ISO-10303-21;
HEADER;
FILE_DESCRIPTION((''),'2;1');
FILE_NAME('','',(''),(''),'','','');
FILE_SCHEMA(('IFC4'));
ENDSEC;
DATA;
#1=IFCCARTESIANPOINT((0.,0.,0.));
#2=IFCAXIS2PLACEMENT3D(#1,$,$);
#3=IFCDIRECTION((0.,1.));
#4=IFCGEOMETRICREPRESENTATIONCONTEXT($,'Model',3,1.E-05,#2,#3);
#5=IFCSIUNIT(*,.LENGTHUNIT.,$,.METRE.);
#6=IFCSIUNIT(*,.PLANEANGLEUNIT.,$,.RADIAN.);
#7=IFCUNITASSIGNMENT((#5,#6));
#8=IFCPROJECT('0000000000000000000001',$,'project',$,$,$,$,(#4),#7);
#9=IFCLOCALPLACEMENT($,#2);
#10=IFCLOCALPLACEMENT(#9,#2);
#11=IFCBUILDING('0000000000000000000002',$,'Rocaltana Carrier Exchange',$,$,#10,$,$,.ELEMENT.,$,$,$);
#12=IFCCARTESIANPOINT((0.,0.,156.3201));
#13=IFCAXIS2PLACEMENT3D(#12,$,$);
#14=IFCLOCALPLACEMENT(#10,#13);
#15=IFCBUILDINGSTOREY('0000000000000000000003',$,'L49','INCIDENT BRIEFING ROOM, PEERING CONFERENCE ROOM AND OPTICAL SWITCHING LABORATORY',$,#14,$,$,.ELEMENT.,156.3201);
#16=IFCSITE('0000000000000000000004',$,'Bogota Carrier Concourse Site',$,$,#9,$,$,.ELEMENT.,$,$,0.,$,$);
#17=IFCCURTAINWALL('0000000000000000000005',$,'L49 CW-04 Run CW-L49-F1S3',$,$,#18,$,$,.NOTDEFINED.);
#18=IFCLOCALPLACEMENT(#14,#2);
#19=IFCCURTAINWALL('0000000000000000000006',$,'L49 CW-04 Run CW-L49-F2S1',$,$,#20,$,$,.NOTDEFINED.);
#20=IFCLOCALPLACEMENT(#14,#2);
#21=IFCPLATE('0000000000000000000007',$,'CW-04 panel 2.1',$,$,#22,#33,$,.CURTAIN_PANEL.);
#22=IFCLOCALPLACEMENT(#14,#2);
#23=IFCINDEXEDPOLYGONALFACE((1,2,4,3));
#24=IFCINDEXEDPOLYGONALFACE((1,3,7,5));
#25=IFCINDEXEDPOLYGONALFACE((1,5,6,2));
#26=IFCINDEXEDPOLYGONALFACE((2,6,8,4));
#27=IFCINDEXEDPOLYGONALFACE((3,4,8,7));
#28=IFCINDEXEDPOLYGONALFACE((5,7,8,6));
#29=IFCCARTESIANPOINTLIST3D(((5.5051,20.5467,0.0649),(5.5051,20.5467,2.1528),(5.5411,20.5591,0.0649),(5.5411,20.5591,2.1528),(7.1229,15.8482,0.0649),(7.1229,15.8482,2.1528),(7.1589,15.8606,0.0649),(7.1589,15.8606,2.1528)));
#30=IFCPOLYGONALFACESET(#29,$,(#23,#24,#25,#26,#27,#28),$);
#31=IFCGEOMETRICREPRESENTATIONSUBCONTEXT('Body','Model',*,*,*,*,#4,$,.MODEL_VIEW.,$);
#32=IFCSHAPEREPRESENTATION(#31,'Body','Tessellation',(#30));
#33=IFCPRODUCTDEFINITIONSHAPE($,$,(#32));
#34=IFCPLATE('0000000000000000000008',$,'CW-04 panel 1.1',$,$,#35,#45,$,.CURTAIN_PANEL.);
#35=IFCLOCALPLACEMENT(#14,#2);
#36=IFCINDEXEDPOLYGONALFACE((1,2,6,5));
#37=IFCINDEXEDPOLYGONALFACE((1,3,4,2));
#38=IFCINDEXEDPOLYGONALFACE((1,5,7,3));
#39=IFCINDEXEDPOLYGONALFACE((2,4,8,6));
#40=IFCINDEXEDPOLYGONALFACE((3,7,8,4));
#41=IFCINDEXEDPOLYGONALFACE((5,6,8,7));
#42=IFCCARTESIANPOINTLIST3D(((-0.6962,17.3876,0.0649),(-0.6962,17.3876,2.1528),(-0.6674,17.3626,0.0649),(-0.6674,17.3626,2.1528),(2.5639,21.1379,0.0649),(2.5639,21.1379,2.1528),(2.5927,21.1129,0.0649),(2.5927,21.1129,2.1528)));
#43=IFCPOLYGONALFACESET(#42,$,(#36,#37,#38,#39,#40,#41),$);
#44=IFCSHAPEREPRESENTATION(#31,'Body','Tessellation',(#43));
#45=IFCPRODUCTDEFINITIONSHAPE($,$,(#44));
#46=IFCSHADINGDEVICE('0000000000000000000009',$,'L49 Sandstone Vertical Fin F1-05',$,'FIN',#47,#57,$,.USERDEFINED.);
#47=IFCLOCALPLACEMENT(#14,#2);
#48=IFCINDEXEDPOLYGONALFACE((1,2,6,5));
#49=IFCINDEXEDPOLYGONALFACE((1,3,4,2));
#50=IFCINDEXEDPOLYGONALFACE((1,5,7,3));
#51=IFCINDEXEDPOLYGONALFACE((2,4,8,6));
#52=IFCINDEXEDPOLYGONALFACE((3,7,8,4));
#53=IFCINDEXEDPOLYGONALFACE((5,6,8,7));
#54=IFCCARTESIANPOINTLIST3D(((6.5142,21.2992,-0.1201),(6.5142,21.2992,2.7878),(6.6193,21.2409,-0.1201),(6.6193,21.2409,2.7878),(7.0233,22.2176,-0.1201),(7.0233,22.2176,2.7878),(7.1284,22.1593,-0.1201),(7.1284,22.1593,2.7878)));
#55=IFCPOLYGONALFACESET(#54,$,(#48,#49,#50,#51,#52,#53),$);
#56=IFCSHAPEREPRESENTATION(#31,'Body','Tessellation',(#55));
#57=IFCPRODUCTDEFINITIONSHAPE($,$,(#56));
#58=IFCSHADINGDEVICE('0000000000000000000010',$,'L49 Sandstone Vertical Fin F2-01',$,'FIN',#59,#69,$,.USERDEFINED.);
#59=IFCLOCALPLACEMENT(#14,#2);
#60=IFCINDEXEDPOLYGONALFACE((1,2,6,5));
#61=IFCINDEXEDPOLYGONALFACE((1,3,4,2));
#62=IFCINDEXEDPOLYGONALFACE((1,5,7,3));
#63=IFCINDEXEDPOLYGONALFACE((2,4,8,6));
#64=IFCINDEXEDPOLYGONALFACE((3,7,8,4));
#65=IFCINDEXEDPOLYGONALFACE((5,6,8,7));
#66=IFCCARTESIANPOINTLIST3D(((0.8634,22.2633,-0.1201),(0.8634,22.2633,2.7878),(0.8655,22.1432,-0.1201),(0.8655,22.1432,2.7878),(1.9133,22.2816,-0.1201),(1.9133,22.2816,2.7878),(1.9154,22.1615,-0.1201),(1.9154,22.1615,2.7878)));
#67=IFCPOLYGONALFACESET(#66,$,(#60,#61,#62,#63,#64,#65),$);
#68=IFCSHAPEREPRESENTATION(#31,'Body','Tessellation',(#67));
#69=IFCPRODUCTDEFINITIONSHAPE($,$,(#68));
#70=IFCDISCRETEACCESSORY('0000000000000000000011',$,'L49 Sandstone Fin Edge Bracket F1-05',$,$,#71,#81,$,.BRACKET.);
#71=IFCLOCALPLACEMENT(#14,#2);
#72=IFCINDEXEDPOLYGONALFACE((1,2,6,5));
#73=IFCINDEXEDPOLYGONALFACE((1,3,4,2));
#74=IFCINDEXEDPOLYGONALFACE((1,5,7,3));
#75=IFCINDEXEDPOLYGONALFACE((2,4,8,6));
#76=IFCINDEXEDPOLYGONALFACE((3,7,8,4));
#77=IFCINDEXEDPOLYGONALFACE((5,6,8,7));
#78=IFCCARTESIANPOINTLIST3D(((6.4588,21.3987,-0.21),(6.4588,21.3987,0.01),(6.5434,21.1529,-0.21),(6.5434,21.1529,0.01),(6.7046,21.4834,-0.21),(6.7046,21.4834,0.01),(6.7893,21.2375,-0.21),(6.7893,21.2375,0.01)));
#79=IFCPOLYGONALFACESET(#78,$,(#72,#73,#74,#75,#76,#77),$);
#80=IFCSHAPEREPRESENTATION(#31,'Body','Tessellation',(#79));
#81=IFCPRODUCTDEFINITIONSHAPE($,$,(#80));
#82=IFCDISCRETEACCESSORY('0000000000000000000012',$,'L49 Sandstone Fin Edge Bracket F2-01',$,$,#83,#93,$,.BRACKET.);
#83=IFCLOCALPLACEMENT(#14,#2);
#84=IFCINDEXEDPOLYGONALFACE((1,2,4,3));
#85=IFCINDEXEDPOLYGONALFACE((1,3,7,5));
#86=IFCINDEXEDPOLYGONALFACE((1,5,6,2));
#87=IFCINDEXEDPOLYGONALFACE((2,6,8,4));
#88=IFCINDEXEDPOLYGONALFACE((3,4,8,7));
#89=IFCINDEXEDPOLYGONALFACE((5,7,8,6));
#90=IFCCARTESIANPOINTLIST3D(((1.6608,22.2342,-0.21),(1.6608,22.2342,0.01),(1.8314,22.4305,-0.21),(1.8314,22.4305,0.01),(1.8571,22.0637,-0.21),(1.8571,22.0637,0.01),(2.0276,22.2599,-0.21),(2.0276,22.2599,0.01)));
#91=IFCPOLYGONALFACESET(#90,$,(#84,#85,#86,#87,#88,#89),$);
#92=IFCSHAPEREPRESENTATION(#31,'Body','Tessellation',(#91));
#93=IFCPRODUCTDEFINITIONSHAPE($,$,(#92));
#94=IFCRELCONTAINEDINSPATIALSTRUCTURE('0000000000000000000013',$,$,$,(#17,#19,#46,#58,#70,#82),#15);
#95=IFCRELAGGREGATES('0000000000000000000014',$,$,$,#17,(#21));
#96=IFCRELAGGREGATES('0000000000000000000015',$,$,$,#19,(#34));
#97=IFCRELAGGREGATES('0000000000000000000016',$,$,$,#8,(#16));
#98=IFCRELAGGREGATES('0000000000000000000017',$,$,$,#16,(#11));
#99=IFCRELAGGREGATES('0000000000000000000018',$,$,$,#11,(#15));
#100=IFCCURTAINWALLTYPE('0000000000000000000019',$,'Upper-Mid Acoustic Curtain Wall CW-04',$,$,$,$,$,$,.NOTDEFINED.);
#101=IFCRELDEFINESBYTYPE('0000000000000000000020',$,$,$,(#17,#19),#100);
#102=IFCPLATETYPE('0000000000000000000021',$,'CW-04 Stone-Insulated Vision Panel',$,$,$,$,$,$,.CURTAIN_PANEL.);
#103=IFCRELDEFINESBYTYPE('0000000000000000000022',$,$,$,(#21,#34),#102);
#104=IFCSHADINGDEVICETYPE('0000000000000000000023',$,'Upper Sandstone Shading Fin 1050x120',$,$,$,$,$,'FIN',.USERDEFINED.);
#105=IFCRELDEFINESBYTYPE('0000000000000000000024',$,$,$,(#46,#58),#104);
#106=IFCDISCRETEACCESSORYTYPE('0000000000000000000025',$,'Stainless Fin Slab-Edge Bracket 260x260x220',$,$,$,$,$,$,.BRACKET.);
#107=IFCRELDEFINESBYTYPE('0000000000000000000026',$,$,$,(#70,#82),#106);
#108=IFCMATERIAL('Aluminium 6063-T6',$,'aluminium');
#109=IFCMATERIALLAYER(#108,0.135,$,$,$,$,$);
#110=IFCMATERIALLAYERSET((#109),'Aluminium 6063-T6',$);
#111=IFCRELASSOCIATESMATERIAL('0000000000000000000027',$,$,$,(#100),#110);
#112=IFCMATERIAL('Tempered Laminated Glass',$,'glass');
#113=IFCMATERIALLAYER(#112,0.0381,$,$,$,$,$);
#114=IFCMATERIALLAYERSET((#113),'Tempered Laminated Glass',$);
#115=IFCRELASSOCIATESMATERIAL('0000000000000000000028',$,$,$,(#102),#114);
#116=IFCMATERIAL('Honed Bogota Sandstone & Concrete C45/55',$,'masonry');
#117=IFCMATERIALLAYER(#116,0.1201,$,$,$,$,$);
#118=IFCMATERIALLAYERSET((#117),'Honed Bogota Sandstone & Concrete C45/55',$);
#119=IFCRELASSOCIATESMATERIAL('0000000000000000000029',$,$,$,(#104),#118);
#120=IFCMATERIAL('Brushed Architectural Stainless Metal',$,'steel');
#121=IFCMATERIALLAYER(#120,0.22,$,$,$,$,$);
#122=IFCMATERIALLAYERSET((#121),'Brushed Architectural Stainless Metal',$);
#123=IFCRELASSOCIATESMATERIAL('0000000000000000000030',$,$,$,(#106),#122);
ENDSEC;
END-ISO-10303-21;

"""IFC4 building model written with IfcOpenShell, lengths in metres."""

from ifc_helpers import new_model, si_unit, direction, frame, origin, origin_2d, place, context, subcontext, project, spatial, rectangle, extrude, material, layer, layer_set, type_object, element, aggregate, save


model = new_model("IFC4")

# Units and contexts
model_context = context("Model", 3, precision=1e-05, world=origin(), true_north=direction((0.0, 1.0)))
body_context = subcontext(model_context, "Body", "Model", "MODEL_VIEW")
ifc_project = project(units=[si_unit("LENGTHUNIT", "METRE"), si_unit("PLANEANGLEUNIT", "RADIAN")], contexts=[model_context])

# Site, building, storey
site_placement = place(None, origin())
site = spatial("IfcSite", under=ifc_project, at=site_placement, Name="Bogota Carrier Concourse Site", CompositionType="ELEMENT", RefElevation=0.0)
building_placement = place(site_placement, origin())
building = spatial("IfcBuilding", under=site, at=building_placement, Name="Rocaltana Carrier Exchange", CompositionType="ELEMENT")
storey_placement = place(building_placement, frame((0.0, 0.0, 156.3201)))
storey = spatial("IfcBuildingStorey", under=building, at=storey_placement, Name="L49", Description="INCIDENT BRIEFING ROOM, PEERING CONFERENCE ROOM AND OPTICAL SWITCHING LABORATORY", CompositionType="ELEMENT", Elevation=156.3201)

# Curtain wall
ifc_material_1 = material(Name="Aluminium 6063-T6", Category="aluminium")
ifc_layer_1 = layer(ifc_material_1, 0.135)
ifc_layer_set_1 = layer_set([ifc_layer_1], Name="Aluminium 6063-T6")
curtain_wall_type = type_object("IfcCurtainWallType", Name="Upper-Mid Acoustic Curtain Wall CW-04", PredefinedType="NOTDEFINED", material=ifc_layer_set_1)
curtain_wall_1_placement = place(storey_placement, origin())
curtain_wall_1 = element("IfcCurtainWall", 1, at=curtain_wall_1_placement, inside=storey, type_object=curtain_wall_type, Name="L49 CW-04 Run CW-L49-F1S3", PredefinedType="NOTDEFINED")

# Curtain wall
curtain_wall_2_placement = place(storey_placement, origin())
curtain_wall_2 = element("IfcCurtainWall", 2, at=curtain_wall_2_placement, inside=storey, type_object=curtain_wall_type, Name="L49 CW-04 Run CW-L49-F2S1", PredefinedType="NOTDEFINED")

# Plates
ifc_material_2 = material(Name="Tempered Laminated Glass", Category="glass")
ifc_layer_2 = layer(ifc_material_2, 0.0381)
ifc_layer_set_2 = layer_set([ifc_layer_2], Name="Tempered Laminated Glass")
plate_type = type_object("IfcPlateType", Name="CW-04 Stone-Insulated Vision Panel", PredefinedType="CURTAIN_PANEL", material=ifc_layer_set_2)
plate_1_placement = place(storey_placement, frame((6.332, 18.2036, 0.0649), z_axis=(0.0, 0.0, 1.0), x_axis=(-0.325559, 0.945522, 0.0)))
plate_1 = element("IfcPlate", 3, at=plate_1_placement, type_object=plate_type, Name="CW-04 panel 2.1", PredefinedType="CURTAIN_PANEL", context=body_context, shape_type="SweptSolid", body=[
    extrude(rectangle(XDim=4.9692, YDim=0.0381, at=origin_2d()), origin(), (0.0, 0.0, 1.0), 2.0879),
])
aggregate(curtain_wall_1, [plate_1])
plate_2_placement = place(storey_placement, frame((0.9482, 19.2502, 0.0649), z_axis=(0.0, 0.0, 1.0), x_axis=(-0.656057, -0.754712, 0.0)))
plate_2 = element("IfcPlate", 4, at=plate_2_placement, type_object=plate_type, Name="CW-04 panel 1.1", PredefinedType="CURTAIN_PANEL", context=body_context, shape_type="SweptSolid", body=[
    extrude(rectangle(XDim=4.9692, YDim=0.0381, at=origin_2d()), origin(), (0.0, 0.0, 1.0), 2.0879),
])
aggregate(curtain_wall_2, [plate_2])

# Shading devices
ifc_material_3 = material(Name="Honed Bogota Sandstone & Concrete C45/55", Category="masonry")
ifc_layer_3 = layer(ifc_material_3, 0.1201)
ifc_layer_set_3 = layer_set([ifc_layer_3], Name="Honed Bogota Sandstone & Concrete C45/55")
shading_device_type = type_object("IfcShadingDeviceType", Name="Upper Sandstone Shading Fin 1050x120", ElementType="FIN", PredefinedType="USERDEFINED", material=ifc_layer_set_3)
for number, where, z_axis, x_axis, name in (
    (5, (6.8213, 21.7292, -0.1201), (0.0, 0.0, 1.0), (0.48481, 0.87462, 0.0), "L49 Sandstone Vertical Fin F1-05"),
    (6, (1.3894, 22.2124, -0.1201), (0.0, 0.0, 1.0), (-0.999848, -0.017452, 0.0), "L49 Sandstone Vertical Fin F2-01"),
):
    element("IfcShadingDevice", number, at=place(storey_placement, frame(where, z_axis=z_axis, x_axis=x_axis)), inside=storey, type_object=shading_device_type, Name=name, ObjectType="FIN", PredefinedType="USERDEFINED", context=body_context, shape_type="SweptSolid", body=[
        extrude(rectangle(XDim=1.05, YDim=0.1201, at=origin_2d()), origin(), (0.0, 0.0, 1.0), 2.908),
    ])

# Discrete accessories
ifc_material_4 = material(Name="Brushed Architectural Stainless Metal", Category="steel")
ifc_layer_4 = layer(ifc_material_4, 0.22)
ifc_layer_set_4 = layer_set([ifc_layer_4], Name="Brushed Architectural Stainless Metal")
discrete_accessory_type = type_object("IfcDiscreteAccessoryType", Name="Stainless Fin Slab-Edge Bracket 260x260x220", PredefinedType="BRACKET", material=ifc_layer_set_4)
for number, where, z_axis, x_axis, name in (
    (7, (6.624, 21.3181, -0.21), (0.0, 0.0, 1.0), (-0.325568, 0.945519, 0.0), "L49 Sandstone Fin Edge Bracket F1-05"),
    (8, (1.8442, 22.2471, -0.21), (0.0, 0.0, 1.0), (-0.656059, -0.75471, 0.0), "L49 Sandstone Fin Edge Bracket F2-01"),
):
    element("IfcDiscreteAccessory", number, at=place(storey_placement, frame(where, z_axis=z_axis, x_axis=x_axis)), inside=storey, type_object=discrete_accessory_type, Name=name, PredefinedType="BRACKET", context=body_context, shape_type="SweptSolid", body=[
        extrude(rectangle(XDim=0.26, YDim=0.26, at=origin_2d()), origin(), (0.0, 0.0, 1.0), 0.22),
    ])

save(model, "model.ifc")
